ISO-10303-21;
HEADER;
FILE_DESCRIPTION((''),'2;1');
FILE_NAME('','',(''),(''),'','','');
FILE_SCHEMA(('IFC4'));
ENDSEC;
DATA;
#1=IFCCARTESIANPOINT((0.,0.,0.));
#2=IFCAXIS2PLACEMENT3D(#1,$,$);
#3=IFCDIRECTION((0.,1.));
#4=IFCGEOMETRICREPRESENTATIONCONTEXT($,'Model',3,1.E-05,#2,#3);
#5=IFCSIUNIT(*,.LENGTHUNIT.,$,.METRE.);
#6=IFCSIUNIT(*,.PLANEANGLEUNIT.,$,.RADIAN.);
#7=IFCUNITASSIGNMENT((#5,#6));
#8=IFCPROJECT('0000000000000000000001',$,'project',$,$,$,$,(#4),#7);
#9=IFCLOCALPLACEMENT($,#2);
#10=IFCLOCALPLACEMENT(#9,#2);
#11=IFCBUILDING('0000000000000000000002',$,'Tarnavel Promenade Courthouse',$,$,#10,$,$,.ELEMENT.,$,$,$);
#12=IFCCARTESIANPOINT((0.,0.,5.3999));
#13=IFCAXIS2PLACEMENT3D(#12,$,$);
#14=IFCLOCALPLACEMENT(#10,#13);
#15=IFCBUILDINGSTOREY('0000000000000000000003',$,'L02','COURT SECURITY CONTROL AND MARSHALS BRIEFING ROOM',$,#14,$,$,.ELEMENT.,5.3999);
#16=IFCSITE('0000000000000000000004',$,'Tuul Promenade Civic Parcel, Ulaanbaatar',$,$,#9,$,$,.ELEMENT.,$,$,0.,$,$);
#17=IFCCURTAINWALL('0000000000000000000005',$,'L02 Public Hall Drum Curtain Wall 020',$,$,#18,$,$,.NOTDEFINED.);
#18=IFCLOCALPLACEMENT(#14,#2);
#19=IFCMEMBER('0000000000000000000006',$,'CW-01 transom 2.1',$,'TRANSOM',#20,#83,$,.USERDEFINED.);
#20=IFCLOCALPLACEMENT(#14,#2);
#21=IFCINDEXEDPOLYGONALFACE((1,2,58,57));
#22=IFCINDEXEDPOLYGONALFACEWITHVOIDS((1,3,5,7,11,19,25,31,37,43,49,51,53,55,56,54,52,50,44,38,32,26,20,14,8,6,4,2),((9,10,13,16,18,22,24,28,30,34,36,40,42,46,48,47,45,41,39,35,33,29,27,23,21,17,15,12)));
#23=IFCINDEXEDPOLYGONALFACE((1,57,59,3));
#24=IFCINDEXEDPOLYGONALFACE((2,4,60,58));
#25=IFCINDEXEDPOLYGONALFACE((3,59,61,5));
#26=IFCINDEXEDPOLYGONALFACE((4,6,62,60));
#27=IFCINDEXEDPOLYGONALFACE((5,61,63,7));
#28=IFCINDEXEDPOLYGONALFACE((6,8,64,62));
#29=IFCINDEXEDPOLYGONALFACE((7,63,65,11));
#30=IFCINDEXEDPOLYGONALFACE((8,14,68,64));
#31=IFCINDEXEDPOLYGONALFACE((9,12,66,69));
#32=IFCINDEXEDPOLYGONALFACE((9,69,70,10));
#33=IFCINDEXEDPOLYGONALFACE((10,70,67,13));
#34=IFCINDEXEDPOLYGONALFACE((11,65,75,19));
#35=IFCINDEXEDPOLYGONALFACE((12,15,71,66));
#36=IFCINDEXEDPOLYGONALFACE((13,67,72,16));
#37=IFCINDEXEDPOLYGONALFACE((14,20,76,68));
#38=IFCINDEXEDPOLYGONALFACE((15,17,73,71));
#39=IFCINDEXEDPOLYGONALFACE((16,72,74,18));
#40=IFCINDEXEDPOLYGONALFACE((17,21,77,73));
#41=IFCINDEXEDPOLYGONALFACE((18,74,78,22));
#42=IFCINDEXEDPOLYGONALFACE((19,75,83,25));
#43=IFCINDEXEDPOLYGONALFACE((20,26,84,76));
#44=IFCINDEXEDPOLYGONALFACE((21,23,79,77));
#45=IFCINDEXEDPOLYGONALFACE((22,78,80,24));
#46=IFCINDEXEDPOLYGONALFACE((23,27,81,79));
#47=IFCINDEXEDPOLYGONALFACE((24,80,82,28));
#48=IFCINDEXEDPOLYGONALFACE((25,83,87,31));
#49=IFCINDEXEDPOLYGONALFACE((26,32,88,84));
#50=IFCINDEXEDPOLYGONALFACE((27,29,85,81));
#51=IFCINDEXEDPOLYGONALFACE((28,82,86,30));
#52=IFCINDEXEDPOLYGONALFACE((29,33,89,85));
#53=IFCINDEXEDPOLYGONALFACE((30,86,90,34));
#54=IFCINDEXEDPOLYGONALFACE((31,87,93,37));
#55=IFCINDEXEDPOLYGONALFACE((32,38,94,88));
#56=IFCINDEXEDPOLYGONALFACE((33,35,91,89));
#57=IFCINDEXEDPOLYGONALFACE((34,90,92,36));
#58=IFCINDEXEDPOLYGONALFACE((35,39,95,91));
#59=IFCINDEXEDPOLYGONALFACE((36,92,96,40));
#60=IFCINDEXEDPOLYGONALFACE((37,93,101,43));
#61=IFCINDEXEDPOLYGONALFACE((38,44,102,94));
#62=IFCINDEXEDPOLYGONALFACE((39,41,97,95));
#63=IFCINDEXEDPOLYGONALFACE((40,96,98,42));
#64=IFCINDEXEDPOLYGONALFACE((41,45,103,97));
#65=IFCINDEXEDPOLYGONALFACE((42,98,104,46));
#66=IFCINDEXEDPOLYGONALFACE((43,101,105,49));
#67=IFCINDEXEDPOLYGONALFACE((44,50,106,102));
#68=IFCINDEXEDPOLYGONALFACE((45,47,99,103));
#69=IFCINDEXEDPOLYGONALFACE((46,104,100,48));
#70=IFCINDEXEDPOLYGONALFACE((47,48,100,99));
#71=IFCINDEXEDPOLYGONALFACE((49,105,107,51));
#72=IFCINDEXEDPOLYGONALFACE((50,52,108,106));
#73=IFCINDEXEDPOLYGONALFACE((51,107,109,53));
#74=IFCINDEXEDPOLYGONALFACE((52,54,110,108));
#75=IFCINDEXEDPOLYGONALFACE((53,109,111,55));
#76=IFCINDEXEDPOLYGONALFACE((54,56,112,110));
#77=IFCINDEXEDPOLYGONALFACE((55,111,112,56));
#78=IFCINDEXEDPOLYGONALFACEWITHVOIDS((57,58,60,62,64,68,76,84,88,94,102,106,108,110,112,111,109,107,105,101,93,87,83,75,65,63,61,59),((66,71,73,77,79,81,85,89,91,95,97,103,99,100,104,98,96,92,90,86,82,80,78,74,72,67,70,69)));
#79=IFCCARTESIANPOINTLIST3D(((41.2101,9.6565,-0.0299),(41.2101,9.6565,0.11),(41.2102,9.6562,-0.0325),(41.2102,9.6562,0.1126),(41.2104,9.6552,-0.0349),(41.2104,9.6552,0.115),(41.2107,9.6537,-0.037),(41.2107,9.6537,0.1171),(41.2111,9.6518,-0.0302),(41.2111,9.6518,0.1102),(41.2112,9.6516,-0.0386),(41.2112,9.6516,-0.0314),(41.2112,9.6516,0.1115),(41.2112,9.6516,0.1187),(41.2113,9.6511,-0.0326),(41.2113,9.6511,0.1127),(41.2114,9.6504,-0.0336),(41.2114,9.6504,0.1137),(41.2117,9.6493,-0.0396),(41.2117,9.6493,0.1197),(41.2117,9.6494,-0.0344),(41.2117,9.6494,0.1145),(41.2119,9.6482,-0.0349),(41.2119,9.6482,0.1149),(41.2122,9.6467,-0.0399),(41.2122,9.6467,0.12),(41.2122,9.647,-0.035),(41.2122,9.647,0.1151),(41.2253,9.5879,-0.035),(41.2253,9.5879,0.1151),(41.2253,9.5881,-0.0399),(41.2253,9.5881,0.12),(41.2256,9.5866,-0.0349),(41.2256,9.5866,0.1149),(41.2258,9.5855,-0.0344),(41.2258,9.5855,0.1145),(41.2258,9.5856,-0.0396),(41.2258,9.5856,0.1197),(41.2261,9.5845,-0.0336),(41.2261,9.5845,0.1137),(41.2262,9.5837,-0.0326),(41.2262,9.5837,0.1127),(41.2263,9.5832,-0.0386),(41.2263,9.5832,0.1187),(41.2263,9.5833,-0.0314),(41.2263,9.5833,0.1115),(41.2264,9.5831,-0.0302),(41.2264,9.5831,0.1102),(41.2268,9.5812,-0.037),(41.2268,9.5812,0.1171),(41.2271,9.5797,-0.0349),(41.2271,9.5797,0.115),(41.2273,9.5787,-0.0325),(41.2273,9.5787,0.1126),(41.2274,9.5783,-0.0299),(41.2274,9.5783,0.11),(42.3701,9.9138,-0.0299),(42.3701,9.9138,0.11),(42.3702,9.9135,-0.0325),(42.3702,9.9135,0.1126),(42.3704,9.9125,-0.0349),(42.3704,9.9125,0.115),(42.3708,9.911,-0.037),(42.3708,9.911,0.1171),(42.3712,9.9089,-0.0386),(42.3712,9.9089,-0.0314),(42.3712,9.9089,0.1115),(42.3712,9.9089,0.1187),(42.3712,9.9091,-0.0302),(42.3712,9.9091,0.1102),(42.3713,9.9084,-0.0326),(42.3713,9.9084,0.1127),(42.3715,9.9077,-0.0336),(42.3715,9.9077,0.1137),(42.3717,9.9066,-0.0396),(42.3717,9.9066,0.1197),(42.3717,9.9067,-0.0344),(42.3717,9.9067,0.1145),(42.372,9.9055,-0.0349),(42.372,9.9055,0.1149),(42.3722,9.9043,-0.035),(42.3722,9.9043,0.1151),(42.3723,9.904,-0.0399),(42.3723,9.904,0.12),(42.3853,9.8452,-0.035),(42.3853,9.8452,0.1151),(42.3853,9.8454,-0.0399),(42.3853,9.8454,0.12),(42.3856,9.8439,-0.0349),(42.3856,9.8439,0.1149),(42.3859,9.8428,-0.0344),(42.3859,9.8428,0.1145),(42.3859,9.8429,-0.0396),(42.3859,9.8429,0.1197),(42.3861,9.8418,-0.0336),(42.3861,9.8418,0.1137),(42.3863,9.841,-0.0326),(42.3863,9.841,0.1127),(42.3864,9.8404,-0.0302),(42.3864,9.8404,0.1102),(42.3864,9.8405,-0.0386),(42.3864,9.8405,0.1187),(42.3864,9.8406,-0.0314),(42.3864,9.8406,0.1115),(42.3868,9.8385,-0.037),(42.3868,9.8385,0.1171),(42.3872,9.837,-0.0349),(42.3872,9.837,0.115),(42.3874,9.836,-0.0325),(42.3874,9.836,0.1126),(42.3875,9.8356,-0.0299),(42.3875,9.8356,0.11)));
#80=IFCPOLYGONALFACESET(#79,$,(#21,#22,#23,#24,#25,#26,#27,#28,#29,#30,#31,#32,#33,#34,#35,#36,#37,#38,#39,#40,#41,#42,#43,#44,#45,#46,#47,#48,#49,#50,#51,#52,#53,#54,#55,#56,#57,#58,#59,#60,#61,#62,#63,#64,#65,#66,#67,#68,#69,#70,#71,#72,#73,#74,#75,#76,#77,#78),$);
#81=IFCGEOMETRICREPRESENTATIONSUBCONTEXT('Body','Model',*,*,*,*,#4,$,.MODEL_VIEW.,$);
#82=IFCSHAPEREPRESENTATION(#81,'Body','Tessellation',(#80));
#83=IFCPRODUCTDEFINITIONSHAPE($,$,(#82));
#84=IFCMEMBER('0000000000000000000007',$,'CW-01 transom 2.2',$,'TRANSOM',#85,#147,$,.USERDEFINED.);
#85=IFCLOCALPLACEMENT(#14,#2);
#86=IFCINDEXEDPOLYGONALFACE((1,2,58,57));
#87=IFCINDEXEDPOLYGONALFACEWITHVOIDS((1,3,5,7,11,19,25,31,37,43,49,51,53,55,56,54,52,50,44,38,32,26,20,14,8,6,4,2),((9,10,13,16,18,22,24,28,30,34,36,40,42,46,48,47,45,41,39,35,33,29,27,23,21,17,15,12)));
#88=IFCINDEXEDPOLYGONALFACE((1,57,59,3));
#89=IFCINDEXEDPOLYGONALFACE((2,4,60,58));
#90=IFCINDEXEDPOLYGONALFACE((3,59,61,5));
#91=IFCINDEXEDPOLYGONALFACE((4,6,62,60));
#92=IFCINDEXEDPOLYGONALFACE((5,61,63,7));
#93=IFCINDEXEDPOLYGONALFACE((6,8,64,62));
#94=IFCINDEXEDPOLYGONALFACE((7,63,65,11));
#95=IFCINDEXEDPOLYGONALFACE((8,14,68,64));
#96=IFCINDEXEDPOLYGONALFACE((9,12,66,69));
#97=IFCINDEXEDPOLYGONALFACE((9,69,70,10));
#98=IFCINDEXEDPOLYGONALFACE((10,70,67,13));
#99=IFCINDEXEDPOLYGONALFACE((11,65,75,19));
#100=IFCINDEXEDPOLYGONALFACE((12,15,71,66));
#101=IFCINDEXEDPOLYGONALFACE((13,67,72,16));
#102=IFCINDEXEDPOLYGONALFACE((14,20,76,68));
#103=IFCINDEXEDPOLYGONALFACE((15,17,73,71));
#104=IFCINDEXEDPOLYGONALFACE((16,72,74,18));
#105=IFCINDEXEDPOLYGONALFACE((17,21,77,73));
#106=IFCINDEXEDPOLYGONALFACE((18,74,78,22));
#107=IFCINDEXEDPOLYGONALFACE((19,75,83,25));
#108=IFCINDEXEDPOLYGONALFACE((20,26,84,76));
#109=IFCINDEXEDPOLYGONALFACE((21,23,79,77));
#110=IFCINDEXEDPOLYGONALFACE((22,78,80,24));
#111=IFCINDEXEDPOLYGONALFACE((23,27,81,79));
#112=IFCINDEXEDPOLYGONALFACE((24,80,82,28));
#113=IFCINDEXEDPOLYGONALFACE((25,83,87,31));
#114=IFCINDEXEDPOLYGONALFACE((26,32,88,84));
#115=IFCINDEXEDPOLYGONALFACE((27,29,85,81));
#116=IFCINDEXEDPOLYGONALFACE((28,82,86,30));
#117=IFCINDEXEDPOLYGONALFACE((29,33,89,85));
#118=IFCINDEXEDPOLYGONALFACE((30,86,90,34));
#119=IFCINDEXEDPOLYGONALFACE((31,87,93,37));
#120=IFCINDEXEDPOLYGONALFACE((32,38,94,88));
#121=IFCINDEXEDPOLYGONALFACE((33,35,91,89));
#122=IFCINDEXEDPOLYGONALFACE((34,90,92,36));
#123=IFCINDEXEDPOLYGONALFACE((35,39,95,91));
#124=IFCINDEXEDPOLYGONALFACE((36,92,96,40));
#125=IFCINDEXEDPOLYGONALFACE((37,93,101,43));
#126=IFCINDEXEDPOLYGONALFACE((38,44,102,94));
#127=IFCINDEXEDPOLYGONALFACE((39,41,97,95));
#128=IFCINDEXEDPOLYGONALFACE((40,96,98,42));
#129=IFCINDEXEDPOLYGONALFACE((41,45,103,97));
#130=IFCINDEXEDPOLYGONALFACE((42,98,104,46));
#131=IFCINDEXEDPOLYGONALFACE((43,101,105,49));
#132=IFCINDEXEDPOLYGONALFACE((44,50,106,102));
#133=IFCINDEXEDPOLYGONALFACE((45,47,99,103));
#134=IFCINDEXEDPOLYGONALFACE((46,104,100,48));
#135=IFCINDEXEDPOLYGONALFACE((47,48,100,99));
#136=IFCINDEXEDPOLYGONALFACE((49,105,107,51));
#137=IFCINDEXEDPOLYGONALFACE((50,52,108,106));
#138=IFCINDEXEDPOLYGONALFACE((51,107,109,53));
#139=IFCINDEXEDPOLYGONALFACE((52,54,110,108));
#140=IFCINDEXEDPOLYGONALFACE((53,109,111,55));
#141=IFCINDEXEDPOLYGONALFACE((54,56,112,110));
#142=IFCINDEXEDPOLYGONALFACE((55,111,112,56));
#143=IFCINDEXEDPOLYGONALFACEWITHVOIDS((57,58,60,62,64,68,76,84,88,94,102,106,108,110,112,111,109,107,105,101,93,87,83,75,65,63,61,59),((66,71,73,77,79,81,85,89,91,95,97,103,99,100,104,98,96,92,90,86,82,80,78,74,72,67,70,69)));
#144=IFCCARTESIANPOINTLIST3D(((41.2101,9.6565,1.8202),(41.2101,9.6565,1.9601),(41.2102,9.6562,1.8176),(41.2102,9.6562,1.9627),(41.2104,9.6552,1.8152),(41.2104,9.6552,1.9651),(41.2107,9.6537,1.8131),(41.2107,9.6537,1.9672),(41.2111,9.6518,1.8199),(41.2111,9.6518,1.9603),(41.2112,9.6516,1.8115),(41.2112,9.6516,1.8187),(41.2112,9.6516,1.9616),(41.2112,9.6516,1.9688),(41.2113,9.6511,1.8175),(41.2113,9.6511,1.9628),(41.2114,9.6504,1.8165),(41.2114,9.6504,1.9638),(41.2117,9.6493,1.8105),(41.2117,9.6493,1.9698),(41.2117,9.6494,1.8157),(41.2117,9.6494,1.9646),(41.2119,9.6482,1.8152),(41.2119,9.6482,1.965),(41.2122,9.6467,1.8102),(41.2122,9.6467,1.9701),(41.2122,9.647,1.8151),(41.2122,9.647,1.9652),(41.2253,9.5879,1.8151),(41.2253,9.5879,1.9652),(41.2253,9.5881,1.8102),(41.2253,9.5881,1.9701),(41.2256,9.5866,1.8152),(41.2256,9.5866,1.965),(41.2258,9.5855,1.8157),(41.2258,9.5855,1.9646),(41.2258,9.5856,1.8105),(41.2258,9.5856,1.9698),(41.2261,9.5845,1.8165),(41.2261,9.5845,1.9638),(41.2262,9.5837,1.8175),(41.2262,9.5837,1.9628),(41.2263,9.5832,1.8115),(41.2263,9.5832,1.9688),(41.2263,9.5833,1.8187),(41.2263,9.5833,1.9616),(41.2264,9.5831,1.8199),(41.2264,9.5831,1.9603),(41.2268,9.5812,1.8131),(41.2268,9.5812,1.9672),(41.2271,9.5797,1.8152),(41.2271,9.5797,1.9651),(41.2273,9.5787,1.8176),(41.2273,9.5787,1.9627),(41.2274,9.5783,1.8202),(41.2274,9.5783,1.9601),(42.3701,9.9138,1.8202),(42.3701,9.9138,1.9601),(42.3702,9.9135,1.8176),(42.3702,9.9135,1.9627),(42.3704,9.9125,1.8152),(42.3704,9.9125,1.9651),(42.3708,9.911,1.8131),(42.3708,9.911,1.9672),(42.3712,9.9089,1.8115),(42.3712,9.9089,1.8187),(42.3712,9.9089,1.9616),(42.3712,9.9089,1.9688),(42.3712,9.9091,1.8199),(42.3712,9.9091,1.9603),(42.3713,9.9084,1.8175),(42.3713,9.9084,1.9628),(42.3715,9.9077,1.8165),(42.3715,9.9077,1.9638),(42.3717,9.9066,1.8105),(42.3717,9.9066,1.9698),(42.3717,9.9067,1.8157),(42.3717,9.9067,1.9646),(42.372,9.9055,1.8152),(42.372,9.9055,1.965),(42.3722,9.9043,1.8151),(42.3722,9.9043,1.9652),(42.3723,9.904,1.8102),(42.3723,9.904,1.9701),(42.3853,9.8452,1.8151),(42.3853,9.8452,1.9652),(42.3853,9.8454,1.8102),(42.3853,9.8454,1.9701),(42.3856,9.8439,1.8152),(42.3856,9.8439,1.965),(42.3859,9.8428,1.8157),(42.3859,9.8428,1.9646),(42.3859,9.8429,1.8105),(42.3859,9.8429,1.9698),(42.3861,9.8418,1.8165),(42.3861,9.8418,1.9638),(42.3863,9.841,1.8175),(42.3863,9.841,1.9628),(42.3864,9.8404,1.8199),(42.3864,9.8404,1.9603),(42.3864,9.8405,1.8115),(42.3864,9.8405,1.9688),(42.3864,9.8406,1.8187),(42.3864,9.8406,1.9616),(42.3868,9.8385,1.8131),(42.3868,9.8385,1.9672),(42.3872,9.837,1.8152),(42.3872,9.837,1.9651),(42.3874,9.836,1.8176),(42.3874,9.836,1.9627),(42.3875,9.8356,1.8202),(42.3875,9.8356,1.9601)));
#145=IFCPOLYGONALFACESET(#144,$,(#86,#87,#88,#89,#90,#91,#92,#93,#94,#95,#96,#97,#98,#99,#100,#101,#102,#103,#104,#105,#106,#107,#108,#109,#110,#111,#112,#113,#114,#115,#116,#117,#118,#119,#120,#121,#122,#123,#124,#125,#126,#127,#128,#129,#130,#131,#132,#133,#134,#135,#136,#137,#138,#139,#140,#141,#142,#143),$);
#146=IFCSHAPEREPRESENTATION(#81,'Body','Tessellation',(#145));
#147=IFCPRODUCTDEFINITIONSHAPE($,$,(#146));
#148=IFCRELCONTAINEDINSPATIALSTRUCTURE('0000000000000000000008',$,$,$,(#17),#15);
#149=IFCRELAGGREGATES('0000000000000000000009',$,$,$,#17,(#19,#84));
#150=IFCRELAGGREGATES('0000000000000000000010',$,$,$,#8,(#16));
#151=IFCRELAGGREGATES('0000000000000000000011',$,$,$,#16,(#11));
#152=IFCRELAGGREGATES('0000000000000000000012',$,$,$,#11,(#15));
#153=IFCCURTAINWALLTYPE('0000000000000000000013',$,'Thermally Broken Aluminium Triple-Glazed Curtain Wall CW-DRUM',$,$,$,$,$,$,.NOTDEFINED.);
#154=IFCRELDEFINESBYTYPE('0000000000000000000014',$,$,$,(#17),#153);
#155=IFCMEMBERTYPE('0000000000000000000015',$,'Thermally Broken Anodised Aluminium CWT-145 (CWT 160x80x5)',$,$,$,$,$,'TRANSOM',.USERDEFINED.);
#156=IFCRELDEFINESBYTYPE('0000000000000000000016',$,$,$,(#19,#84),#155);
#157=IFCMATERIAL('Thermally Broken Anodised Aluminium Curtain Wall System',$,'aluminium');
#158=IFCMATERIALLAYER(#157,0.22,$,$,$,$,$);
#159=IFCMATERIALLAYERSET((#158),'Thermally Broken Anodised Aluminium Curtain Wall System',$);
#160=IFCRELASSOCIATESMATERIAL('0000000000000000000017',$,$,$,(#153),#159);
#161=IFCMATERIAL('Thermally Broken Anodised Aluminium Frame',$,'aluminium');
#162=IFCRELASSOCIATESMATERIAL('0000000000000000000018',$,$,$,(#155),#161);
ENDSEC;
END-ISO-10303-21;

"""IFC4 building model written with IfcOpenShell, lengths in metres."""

from ifc_helpers import new_model, si_unit, direction, frame, origin, origin_2d, place, context, subcontext, project, spatial, hollow_rectangle, extrude, material, layer, layer_set, material_profile, profile_set, type_object, element, aggregate, save


model = new_model("IFC4")

# Units and contexts
model_context = context("Model", 3, precision=1e-05, world=origin(), true_north=direction((0.0, 1.0)))
body_context = subcontext(model_context, "Body", "Model", "MODEL_VIEW")
ifc_project = project(units=[si_unit("LENGTHUNIT", "METRE"), si_unit("PLANEANGLEUNIT", "RADIAN")], contexts=[model_context])

# Site, building, storey
site_placement = place(None, origin())
site = spatial("IfcSite", under=ifc_project, at=site_placement, Name="Tuul Promenade Civic Parcel, Ulaanbaatar", CompositionType="ELEMENT", RefElevation=0.0)
building_placement = place(site_placement, origin())
building = spatial("IfcBuilding", under=site, at=building_placement, Name="Tarnavel Promenade Courthouse", CompositionType="ELEMENT")
storey_placement = place(building_placement, frame((0.0, 0.0, 5.3999)))
storey = spatial("IfcBuildingStorey", under=building, at=storey_placement, Name="L02", Description="COURT SECURITY CONTROL AND MARSHALS BRIEFING ROOM", CompositionType="ELEMENT", Elevation=5.3999)

# Curtain wall
ifc_material_1 = material(Name="Thermally Broken Anodised Aluminium Curtain Wall System", Category="aluminium")
ifc_layer_1 = layer(ifc_material_1, 0.22)
ifc_layer_set_1 = layer_set([ifc_layer_1], Name="Thermally Broken Anodised Aluminium Curtain Wall System")
curtain_wall_type = type_object("IfcCurtainWallType", Name="Thermally Broken Aluminium Triple-Glazed Curtain Wall CW-DRUM", PredefinedType="NOTDEFINED", material=ifc_layer_set_1)
curtain_wall_1_placement = place(storey_placement, origin())
curtain_wall_1 = element("IfcCurtainWall", 1, at=curtain_wall_1_placement, inside=storey, type_object=curtain_wall_type, Name="L02 Public Hall Drum Curtain Wall 020", PredefinedType="NOTDEFINED")
ifc_material_2 = material(Name="Thermally Broken Anodised Aluminium Frame", Category="aluminium")

# Members
ifc_material_profile_1 = material_profile(ifc_material_2, hollow_rectangle(XDim=0.0801, YDim=0.1599, WallThickness=0.0049, InnerFilletRadius=0.0049, OuterFilletRadius=0.01, at=origin_2d()), Name="CWT 160x80x5")
ifc_profile_set_1 = profile_set([ifc_material_profile_1], Name="Thermally Broken Anodised Aluminium Frame")
member_type_1 = type_object("IfcMemberType", Name="Thermally Broken Anodised Aluminium CWT-145 (CWT 160x80x5)", ElementType="TRANSOM", PredefinedType="USERDEFINED", material=ifc_profile_set_1)
member_1_placement = place(storey_placement, frame((41.2188, 9.6174, 0.04), z_axis=(0.976274, 0.216539, 0.0), x_axis=(-0.216539, 0.976274, 0.0)))
member_1 = element("IfcMember", 2, at=member_1_placement, type_object=member_type_1, Name="CW-01 transom 2.1", ObjectType="TRANSOM", PredefinedType="USERDEFINED", context=body_context, shape_type="SweptSolid", body=[
    extrude(hollow_rectangle(XDim=0.0801, YDim=0.1599, WallThickness=0.0049, InnerFilletRadius=0.0049, OuterFilletRadius=0.01, at=origin_2d()), origin(), (0.0, 0.0, 1.0), 1.1882),
])
member_2_placement = place(storey_placement, frame((41.2188, 9.6174, 1.8901), z_axis=(0.976274, 0.216539, 0.0), x_axis=(-0.216539, 0.976274, 0.0)))
member_2 = element("IfcMember", 3, at=member_2_placement, type_object=member_type_1, Name="CW-01 transom 2.2", ObjectType="TRANSOM", PredefinedType="USERDEFINED", context=body_context, shape_type="SweptSolid", body=[
    extrude(hollow_rectangle(XDim=0.0801, YDim=0.1599, WallThickness=0.0049, InnerFilletRadius=0.0049, OuterFilletRadius=0.01, at=origin_2d()), origin(), (0.0, 0.0, 1.0), 1.1882),
])

aggregate(curtain_wall_1, [member_1, member_2])

save(model, "model.ifc")
